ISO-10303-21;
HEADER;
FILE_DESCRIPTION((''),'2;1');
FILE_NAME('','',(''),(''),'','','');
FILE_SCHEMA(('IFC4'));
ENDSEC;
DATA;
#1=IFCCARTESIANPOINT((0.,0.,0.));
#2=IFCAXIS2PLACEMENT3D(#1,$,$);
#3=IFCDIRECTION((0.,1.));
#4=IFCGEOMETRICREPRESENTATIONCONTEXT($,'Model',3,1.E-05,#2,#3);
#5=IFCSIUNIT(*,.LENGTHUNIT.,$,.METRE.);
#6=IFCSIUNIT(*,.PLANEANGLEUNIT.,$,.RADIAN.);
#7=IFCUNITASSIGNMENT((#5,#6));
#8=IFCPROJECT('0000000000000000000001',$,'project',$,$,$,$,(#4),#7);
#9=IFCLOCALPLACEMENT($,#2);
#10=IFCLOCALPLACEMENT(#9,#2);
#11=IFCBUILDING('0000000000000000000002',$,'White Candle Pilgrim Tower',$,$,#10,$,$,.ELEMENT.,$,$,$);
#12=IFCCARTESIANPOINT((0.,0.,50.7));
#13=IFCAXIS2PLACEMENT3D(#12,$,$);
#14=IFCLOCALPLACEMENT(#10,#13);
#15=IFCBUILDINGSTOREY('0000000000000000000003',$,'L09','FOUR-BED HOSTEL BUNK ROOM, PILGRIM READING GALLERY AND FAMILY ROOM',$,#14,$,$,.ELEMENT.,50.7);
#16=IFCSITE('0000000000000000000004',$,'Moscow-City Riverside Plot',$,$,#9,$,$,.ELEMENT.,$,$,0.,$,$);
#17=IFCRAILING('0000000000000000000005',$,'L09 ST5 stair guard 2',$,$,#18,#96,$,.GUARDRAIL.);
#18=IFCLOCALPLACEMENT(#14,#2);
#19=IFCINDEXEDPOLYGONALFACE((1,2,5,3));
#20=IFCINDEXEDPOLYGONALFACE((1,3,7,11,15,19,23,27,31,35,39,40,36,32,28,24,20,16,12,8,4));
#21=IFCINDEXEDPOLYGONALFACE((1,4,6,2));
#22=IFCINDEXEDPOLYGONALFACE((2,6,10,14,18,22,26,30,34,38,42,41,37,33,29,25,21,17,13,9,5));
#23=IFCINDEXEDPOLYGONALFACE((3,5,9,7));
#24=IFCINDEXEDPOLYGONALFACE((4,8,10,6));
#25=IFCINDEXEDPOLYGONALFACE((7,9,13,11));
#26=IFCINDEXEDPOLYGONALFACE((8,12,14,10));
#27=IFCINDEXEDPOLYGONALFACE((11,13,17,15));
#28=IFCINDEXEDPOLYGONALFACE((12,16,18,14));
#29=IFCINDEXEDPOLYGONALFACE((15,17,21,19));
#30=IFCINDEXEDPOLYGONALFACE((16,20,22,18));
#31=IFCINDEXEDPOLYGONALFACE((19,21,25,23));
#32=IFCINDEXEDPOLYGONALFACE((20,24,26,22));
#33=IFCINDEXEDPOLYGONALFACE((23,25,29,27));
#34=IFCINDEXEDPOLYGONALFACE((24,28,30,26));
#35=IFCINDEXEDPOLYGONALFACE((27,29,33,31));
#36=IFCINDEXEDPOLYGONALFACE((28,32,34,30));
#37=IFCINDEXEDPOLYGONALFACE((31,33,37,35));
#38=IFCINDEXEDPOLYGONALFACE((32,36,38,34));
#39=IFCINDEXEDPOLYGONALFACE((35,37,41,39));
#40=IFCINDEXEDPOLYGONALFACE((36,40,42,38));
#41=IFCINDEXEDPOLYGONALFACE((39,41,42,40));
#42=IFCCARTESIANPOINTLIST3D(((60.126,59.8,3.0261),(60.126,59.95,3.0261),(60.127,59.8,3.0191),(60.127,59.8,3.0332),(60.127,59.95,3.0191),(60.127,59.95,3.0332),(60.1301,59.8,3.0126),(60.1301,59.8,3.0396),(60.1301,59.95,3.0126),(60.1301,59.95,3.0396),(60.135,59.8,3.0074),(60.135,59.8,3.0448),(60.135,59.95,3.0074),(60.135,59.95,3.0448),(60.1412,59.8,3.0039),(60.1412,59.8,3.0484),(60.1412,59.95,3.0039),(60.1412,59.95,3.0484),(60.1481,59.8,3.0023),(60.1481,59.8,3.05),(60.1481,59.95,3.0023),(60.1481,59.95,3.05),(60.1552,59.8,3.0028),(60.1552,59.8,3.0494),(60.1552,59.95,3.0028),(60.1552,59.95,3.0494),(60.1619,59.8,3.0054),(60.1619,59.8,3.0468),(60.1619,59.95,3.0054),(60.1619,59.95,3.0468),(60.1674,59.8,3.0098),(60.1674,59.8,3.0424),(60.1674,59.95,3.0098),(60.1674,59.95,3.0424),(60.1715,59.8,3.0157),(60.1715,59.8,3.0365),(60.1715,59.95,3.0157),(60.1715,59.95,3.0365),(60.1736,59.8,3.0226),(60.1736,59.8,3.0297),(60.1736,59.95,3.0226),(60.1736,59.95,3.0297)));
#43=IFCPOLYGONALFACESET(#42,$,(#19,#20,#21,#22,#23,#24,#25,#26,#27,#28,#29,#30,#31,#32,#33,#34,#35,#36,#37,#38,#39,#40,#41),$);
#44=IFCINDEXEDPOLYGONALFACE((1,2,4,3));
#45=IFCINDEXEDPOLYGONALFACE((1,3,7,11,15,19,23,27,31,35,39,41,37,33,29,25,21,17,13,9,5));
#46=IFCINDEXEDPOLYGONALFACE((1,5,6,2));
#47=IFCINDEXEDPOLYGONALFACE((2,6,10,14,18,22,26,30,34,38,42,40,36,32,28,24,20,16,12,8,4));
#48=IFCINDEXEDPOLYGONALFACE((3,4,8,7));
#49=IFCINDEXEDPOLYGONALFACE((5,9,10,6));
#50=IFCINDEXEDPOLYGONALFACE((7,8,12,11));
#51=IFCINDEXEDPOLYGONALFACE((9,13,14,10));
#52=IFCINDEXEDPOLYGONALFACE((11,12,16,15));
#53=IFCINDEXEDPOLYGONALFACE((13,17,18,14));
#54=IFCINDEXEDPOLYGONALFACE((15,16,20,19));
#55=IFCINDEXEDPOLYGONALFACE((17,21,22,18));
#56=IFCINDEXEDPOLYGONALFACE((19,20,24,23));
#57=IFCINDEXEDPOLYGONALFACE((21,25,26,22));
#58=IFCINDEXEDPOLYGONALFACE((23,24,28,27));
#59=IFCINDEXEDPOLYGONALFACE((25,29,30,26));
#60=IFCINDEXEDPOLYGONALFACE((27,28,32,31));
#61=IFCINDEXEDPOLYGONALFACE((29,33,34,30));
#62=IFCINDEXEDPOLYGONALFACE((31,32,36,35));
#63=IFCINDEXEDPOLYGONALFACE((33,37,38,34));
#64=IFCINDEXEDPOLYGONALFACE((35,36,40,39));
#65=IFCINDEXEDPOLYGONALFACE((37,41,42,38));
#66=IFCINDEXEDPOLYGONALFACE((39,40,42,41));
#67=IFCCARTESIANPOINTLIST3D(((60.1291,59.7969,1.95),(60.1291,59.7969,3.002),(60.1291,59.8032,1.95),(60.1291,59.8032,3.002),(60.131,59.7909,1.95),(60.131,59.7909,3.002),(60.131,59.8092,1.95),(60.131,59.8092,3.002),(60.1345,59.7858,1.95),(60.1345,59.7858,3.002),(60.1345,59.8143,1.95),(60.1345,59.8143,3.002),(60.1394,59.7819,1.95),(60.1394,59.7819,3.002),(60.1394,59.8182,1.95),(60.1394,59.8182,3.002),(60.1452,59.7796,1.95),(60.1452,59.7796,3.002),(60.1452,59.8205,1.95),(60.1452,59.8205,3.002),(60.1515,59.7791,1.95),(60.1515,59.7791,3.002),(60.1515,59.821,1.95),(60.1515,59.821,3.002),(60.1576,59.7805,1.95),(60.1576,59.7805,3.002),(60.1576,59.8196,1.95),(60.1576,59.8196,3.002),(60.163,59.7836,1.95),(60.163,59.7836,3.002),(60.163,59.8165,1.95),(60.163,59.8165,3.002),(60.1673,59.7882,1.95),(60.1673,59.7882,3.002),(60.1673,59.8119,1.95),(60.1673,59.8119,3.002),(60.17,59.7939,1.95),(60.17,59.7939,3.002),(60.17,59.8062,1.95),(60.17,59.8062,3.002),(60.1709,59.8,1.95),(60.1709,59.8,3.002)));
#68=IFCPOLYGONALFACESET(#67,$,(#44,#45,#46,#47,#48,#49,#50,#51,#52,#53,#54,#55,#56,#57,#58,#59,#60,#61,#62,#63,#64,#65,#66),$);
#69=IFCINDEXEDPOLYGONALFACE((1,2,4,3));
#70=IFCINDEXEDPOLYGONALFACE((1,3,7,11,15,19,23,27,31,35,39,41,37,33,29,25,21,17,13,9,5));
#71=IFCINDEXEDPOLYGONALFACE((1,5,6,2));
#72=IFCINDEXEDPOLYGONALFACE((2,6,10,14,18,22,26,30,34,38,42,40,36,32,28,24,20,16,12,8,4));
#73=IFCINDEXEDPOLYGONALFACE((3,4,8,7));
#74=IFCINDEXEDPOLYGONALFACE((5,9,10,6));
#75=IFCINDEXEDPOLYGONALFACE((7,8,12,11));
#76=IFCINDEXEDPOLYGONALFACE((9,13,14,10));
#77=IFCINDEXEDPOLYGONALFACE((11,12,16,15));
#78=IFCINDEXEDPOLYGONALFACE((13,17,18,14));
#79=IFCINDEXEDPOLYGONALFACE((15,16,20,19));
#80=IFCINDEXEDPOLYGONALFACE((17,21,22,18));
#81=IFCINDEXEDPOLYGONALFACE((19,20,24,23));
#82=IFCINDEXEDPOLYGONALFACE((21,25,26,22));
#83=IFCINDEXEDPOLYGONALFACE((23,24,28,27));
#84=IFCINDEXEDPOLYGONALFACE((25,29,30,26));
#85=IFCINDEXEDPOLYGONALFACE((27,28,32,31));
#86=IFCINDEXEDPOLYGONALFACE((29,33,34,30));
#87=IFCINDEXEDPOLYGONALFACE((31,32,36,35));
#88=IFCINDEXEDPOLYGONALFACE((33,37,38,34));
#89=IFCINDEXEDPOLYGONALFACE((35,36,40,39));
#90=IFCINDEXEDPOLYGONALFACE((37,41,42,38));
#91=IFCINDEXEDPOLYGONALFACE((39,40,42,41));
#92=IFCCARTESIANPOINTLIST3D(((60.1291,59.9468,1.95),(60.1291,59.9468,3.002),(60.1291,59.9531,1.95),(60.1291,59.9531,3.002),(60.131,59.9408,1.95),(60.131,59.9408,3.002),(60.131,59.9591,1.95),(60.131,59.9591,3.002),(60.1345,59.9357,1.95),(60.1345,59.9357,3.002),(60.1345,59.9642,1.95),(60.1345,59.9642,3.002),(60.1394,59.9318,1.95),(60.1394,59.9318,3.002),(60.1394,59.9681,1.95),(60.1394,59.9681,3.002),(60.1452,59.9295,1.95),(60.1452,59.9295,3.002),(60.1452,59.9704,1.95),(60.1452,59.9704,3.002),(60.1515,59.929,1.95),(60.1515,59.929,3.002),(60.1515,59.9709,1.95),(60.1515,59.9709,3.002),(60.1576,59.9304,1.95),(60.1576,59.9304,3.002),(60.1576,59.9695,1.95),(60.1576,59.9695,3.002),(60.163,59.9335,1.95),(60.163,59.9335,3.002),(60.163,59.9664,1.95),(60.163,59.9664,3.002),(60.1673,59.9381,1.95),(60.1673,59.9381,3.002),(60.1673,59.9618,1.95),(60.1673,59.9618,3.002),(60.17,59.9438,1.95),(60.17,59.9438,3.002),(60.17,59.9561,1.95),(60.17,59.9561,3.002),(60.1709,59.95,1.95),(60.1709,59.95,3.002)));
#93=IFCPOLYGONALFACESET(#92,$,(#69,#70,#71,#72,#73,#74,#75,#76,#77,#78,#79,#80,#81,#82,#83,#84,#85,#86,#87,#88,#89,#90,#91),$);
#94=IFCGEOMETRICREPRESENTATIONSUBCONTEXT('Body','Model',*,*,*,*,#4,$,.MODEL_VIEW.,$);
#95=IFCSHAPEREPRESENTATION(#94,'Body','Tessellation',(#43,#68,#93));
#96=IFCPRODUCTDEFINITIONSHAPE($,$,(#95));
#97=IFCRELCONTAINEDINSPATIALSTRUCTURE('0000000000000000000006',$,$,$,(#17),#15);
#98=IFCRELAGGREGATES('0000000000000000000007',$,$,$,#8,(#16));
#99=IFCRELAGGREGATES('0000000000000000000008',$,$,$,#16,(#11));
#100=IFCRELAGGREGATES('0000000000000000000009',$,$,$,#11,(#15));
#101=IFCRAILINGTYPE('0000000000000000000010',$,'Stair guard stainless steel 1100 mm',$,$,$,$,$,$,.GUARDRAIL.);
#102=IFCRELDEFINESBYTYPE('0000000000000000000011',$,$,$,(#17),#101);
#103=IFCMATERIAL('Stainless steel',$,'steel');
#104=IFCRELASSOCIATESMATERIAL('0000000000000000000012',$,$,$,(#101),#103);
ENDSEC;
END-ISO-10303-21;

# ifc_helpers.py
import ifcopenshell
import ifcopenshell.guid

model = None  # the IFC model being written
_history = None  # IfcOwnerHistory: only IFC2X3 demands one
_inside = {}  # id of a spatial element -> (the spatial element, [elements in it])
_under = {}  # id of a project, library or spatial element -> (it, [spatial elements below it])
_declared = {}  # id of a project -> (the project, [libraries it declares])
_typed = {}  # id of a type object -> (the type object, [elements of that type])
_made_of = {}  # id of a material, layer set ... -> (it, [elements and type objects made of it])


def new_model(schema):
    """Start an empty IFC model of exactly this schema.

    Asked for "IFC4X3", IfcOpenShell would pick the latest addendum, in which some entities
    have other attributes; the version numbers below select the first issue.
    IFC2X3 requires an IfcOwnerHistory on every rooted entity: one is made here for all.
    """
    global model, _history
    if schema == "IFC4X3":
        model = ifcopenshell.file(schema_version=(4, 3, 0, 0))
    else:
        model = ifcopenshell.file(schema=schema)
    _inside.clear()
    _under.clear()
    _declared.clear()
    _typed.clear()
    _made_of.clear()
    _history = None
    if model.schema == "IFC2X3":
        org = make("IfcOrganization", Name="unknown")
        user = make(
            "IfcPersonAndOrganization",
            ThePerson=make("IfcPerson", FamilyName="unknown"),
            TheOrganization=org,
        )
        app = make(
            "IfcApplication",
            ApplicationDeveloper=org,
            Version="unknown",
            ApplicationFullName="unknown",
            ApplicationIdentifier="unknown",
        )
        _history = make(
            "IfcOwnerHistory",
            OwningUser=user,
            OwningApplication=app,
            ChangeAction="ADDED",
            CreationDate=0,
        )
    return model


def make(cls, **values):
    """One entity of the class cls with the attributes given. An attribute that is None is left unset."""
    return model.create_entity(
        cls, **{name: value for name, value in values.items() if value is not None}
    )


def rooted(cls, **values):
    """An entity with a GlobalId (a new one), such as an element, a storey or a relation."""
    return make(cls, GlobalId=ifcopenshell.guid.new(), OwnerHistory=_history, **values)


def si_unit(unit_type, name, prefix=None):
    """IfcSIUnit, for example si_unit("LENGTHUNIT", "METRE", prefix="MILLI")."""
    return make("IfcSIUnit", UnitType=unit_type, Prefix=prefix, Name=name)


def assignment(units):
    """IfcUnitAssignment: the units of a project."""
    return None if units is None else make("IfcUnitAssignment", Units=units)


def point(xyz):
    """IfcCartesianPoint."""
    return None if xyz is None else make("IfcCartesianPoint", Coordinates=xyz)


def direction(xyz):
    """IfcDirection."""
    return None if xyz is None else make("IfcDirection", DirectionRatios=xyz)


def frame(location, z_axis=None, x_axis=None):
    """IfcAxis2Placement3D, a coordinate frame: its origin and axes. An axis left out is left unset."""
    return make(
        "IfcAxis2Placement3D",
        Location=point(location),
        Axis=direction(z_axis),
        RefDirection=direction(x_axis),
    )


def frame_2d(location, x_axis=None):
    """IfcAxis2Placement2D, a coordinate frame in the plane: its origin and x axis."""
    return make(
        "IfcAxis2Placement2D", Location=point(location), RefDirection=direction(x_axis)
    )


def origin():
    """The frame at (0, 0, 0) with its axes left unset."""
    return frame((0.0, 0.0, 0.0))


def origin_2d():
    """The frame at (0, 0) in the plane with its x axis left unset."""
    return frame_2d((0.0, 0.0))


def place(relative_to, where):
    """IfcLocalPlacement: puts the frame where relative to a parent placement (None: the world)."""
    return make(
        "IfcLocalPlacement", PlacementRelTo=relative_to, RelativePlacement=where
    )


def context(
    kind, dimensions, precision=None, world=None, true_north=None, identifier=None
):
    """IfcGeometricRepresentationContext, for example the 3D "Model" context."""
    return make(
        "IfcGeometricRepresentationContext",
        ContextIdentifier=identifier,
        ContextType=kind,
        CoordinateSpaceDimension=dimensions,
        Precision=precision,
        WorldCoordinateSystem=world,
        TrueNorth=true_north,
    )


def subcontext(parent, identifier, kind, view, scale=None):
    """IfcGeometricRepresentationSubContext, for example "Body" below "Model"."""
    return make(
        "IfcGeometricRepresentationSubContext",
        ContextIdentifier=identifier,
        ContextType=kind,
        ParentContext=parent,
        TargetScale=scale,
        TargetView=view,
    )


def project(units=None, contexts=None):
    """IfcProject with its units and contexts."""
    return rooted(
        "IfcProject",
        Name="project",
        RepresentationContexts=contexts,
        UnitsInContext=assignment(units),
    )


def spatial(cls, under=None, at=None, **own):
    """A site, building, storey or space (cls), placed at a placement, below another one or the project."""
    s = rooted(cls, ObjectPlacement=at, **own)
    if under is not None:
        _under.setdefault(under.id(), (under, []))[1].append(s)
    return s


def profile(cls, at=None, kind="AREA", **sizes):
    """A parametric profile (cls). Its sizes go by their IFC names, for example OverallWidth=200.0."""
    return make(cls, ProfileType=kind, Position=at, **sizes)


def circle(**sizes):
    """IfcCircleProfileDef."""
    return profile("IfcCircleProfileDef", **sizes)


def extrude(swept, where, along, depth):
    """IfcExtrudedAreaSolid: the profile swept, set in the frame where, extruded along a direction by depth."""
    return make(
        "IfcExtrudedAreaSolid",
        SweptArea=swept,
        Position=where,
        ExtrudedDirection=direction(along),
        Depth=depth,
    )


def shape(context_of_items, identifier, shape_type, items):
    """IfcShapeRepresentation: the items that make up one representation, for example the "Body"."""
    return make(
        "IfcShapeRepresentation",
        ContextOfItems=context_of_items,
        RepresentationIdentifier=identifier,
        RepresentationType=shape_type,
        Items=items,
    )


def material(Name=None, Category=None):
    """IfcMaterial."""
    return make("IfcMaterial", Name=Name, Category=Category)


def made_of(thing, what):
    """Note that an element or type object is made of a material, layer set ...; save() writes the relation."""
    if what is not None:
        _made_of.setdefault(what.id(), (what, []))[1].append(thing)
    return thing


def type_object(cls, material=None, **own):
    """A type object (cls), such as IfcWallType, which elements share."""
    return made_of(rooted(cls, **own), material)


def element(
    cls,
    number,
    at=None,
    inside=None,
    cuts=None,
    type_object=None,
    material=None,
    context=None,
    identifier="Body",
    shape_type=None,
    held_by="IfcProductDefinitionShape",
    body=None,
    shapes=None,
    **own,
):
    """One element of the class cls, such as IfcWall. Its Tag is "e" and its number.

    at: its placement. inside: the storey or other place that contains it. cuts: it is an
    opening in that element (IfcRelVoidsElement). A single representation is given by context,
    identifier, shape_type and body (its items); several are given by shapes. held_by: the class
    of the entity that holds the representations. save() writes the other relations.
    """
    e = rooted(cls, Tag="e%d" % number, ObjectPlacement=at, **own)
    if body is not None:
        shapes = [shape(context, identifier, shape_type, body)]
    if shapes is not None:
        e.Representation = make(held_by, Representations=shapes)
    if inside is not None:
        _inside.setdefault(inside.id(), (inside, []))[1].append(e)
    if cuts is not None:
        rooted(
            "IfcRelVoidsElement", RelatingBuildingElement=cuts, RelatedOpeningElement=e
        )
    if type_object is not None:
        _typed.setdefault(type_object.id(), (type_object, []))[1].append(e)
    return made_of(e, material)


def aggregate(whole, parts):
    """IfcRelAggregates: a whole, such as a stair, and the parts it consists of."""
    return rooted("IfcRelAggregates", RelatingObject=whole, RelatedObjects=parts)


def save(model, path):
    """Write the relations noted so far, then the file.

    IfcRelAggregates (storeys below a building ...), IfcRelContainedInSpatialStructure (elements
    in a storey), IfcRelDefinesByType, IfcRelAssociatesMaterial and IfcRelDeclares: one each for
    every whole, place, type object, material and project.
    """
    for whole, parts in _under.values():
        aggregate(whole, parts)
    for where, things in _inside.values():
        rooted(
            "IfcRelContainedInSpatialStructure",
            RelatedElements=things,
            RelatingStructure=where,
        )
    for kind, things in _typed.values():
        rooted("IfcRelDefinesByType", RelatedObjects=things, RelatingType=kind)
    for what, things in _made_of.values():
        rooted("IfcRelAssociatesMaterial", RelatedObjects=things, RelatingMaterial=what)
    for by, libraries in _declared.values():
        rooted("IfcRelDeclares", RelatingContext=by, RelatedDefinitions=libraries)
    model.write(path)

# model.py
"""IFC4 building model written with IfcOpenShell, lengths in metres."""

from ifc_helpers import new_model, si_unit, direction, frame, origin, origin_2d, place, context, subcontext, project, spatial, circle, extrude, material, type_object, element, save


model = new_model("IFC4")

# Units and contexts
model_context = context("Model", 3, precision=1e-05, world=origin(), true_north=direction((0.0, 1.0)))
body_context = subcontext(model_context, "Body", "Model", "MODEL_VIEW")
ifc_project = project(units=[si_unit("LENGTHUNIT", "METRE"), si_unit("PLANEANGLEUNIT", "RADIAN")], contexts=[model_context])

# Site, building, storey
site_placement = place(None, origin())
site = spatial("IfcSite", under=ifc_project, at=site_placement, Name="Moscow-City Riverside Plot", CompositionType="ELEMENT", RefElevation=0.0)
building_placement = place(site_placement, origin())
building = spatial("IfcBuilding", under=site, at=building_placement, Name="White Candle Pilgrim Tower", CompositionType="ELEMENT")
storey_placement = place(building_placement, frame((0.0, 0.0, 50.7)))
storey = spatial("IfcBuildingStorey", under=building, at=storey_placement, Name="L09", Description="FOUR-BED HOSTEL BUNK ROOM, PILGRIM READING GALLERY AND FAMILY ROOM", CompositionType="ELEMENT", Elevation=50.7)

# Railing
ifc_material_1 = material(Name="Stainless steel", Category="steel")
railing_type_1 = type_object("IfcRailingType", Name="Stair guard stainless steel 1100 mm", PredefinedType="GUARDRAIL", material=ifc_material_1)
railing_1_placement = place(storey_placement, frame((60.1499, 59.8, 1.95)))
element("IfcRailing", 1, at=railing_1_placement, inside=storey, type_object=railing_type_1, Name="L09 ST5 stair guard 2", PredefinedType="GUARDRAIL", context=body_context, shape_type="SweptSolid", body=[
    extrude(circle(Radius=0.0239, at=origin_2d()), frame((0.0, 0.0, 1.0762), z_axis=(0.0, 1.0, 0.0), x_axis=(-1.0, 0.0, 0.0)), (0.0, 0.0, 1.0), 0.1499),
    extrude(circle(Radius=0.021, at=origin_2d()), origin(), (0.0, 0.0, 1.0), 1.052),
    extrude(circle(Radius=0.021, at=origin_2d()), frame((0.0, 0.1499, 0.0)), (0.0, 0.0, 1.0), 1.052),
])

save(model, "model.ifc")
